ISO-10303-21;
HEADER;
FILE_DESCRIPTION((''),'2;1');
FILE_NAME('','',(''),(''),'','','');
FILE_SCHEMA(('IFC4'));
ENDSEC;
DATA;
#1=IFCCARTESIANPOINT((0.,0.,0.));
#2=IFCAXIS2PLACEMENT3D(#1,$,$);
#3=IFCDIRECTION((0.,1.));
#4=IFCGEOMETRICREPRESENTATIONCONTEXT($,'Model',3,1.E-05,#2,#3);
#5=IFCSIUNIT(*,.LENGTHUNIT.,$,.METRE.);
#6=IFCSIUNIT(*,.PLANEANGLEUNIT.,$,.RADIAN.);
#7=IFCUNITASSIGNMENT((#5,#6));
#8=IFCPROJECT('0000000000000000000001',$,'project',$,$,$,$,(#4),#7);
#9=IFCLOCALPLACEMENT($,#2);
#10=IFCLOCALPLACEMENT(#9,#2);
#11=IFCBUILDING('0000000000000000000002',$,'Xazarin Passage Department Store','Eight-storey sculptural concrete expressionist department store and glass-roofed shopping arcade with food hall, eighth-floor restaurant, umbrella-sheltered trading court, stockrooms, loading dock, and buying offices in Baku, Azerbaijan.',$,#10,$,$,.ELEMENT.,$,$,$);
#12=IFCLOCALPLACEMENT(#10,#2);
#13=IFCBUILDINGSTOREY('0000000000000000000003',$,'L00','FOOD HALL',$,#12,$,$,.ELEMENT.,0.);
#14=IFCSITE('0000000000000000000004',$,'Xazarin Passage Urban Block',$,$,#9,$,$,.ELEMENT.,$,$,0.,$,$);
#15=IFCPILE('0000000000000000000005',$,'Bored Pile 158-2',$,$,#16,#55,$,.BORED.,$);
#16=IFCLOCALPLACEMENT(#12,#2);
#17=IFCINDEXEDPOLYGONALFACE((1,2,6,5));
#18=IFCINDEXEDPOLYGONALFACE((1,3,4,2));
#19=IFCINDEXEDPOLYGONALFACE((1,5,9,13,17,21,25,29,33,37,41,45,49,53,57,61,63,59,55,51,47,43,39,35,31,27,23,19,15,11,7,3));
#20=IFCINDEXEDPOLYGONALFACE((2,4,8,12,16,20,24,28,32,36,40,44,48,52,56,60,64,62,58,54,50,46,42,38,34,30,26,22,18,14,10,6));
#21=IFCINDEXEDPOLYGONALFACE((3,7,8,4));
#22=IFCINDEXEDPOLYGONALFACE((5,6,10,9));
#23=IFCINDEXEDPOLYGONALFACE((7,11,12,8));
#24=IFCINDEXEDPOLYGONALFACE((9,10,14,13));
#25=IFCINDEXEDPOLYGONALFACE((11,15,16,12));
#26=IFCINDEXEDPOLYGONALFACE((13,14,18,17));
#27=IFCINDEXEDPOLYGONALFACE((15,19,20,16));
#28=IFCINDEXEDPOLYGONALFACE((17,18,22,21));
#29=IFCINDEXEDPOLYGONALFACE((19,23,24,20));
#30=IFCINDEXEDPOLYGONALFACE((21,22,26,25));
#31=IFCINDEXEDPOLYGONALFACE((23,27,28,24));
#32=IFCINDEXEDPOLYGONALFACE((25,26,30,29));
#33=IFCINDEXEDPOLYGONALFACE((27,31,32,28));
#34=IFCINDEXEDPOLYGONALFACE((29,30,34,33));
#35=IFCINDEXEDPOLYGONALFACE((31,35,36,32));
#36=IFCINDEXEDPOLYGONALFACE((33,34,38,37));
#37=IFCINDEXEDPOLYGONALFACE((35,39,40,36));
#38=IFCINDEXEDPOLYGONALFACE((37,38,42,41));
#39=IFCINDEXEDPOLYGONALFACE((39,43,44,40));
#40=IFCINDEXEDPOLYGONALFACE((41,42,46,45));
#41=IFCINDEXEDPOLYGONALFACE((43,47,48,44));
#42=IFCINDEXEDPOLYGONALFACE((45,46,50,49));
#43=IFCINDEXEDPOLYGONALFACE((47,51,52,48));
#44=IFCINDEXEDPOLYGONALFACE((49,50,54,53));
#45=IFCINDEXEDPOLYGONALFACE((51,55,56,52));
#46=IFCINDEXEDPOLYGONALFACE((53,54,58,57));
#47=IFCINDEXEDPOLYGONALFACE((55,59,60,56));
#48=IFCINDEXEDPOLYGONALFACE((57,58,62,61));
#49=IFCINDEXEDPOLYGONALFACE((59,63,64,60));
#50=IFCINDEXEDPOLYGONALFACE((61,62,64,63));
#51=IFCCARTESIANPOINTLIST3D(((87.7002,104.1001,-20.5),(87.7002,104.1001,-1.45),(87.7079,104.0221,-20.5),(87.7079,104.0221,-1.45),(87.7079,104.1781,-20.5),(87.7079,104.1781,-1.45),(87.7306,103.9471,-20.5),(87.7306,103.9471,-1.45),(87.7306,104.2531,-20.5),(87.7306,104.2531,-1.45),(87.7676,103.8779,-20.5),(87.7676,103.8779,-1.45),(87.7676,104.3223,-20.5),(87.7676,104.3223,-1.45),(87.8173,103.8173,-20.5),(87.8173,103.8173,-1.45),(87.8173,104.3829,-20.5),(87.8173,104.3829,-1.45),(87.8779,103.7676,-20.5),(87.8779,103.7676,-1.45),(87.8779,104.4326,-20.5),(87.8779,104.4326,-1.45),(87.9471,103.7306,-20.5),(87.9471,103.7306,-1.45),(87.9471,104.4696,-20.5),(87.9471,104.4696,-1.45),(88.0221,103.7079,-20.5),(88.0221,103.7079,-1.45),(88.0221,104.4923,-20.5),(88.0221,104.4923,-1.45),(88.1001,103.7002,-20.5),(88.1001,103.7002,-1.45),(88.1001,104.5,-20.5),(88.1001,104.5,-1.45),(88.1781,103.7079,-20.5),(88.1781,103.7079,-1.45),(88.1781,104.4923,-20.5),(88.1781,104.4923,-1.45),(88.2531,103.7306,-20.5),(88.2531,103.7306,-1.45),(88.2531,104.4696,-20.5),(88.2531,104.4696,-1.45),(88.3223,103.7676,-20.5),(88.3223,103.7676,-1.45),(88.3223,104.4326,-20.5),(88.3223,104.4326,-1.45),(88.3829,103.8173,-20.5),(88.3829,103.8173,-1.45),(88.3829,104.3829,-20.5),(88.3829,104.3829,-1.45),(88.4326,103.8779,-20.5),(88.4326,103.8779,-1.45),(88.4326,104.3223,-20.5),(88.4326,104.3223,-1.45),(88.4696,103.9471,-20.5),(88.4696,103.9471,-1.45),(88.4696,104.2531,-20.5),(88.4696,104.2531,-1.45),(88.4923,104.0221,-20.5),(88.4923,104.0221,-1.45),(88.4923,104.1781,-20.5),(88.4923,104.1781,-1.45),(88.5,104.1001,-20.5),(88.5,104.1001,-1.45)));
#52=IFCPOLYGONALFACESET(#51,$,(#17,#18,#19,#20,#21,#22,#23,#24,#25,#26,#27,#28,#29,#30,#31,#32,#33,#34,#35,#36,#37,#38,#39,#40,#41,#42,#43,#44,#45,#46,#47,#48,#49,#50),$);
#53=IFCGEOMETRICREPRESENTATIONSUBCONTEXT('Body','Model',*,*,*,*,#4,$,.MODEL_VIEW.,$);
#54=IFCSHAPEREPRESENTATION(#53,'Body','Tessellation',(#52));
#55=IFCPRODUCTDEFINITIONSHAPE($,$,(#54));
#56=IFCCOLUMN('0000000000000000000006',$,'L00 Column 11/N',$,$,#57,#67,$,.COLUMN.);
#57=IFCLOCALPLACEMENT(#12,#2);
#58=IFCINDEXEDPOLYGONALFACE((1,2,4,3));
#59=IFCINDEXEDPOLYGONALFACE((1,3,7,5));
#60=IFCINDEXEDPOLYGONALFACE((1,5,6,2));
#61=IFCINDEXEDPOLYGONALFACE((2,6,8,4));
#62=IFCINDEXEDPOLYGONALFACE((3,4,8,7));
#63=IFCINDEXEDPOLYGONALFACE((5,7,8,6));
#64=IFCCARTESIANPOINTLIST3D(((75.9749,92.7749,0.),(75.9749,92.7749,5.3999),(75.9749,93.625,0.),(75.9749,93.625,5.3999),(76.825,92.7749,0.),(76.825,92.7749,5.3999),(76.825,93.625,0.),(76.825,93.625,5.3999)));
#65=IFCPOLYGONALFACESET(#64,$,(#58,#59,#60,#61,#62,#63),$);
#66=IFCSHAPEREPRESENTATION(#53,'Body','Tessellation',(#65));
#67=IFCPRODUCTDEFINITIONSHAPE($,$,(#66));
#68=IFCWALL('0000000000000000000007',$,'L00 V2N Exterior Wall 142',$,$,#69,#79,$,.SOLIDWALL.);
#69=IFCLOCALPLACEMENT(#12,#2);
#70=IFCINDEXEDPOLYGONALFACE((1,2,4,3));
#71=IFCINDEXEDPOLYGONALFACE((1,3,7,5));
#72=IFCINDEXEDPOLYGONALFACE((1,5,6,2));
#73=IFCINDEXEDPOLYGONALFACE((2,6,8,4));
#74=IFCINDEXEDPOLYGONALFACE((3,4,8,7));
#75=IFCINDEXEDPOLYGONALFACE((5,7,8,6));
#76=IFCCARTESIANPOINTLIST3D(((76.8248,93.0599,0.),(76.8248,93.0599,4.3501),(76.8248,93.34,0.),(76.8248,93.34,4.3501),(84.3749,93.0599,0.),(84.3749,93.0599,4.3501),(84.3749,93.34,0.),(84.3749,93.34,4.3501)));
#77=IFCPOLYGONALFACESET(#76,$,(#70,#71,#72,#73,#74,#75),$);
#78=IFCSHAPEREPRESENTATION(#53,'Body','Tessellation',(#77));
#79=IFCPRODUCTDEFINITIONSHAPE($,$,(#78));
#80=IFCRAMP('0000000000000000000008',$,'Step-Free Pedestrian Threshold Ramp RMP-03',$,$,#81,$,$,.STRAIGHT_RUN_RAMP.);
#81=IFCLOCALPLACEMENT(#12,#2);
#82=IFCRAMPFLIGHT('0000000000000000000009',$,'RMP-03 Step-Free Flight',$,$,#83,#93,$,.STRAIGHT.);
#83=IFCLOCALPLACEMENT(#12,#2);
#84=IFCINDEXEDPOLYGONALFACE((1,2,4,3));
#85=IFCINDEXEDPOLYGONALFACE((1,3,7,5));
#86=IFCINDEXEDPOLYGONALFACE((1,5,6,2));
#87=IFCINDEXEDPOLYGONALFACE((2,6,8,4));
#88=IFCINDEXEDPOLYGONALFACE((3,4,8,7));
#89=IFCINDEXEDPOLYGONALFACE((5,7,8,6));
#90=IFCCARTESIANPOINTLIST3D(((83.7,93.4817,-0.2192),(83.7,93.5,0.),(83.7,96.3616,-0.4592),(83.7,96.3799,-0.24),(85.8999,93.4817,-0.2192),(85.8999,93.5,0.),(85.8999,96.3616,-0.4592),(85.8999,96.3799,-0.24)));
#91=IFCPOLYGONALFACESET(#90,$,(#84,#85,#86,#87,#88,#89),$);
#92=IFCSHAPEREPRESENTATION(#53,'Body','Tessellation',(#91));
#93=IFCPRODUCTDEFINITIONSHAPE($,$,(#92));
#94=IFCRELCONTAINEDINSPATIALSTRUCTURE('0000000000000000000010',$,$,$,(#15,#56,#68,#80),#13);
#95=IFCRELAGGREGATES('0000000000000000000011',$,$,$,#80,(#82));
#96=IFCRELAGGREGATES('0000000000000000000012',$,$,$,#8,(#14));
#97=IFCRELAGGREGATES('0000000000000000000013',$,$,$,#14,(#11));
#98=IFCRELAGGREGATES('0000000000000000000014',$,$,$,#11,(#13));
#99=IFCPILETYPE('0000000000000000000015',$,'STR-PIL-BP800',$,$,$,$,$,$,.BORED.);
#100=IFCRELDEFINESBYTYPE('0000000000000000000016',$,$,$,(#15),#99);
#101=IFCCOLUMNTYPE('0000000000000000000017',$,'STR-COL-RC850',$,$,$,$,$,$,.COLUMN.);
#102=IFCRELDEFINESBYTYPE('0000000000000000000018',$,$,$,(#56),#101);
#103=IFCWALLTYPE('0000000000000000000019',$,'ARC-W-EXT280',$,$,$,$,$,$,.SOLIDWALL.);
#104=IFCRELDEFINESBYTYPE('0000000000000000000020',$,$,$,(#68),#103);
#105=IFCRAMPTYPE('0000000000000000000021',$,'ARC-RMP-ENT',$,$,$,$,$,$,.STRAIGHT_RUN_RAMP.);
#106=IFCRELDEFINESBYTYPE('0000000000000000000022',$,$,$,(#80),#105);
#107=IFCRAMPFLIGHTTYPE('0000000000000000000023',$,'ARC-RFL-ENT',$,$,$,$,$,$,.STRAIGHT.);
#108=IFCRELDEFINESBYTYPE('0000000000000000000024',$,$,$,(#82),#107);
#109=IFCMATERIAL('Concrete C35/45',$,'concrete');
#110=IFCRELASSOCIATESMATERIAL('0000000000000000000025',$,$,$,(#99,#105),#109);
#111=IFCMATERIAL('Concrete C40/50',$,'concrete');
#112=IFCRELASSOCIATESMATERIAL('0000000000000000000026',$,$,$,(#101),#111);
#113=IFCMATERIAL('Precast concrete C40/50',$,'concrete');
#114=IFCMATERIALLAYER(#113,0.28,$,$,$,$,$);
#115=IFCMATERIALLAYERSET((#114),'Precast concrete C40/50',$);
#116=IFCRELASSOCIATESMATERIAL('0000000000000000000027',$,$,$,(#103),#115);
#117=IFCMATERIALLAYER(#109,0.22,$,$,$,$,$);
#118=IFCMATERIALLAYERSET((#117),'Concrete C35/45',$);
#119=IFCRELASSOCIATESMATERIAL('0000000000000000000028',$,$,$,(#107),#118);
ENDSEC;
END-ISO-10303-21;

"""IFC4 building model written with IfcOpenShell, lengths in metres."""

from ifc_helpers import new_model, si_unit, direction, frame, frame_2d, origin, origin_2d, place, context, subcontext, project, spatial, polyline, rectangle, circle, outline, extrude, material, layer, layer_set, material_profile, profile_set, type_object, element, aggregate, save


model = new_model("IFC4")

# Units and contexts
model_context = context("Model", 3, precision=1e-05, world=origin(), true_north=direction((0.0, 1.0)))
body_context = subcontext(model_context, "Body", "Model", "MODEL_VIEW")
ifc_project = project(units=[si_unit("LENGTHUNIT", "METRE"), si_unit("PLANEANGLEUNIT", "RADIAN")], contexts=[model_context])

# Site, building, storey
site_placement = place(None, origin())
site = spatial("IfcSite", under=ifc_project, at=site_placement, Name="Xazarin Passage Urban Block", CompositionType="ELEMENT", RefElevation=0.0)
building_placement = place(site_placement, origin())
building = spatial("IfcBuilding", under=site, at=building_placement, Name="Xazarin Passage Department Store", Description="Eight-storey sculptural concrete expressionist department store and glass-roofed shopping arcade with food hall, eighth-floor restaurant, umbrella-sheltered trading court, stockrooms, loading dock, and buying offices in Baku, Azerbaijan.", CompositionType="ELEMENT")
storey_placement = place(building_placement, origin())
storey = spatial("IfcBuildingStorey", under=building, at=storey_placement, Name="L00", Description="FOOD HALL", CompositionType="ELEMENT", Elevation=0.0)

# Shared definitions
ifc_material_1 = material(Name="Concrete C35/45", Category="concrete")

# Pile
ifc_material_profile_1 = material_profile(ifc_material_1, circle(Radius=0.3999, at=origin_2d()), Name="BP 800")
ifc_profile_set_1 = profile_set([ifc_material_profile_1], Name="Concrete C35/45")
pile_type_1 = type_object("IfcPileType", Name="STR-PIL-BP800", PredefinedType="BORED", material=ifc_profile_set_1)
for number, where, z_axis, x_axis, name in (
    (1, (88.1001, 104.1001, -1.45), (0.0, 0.0, -1.0), (1.0, 0.0, 0.0), "Bored Pile 158-2"),
):
    element("IfcPile", number, at=place(storey_placement, frame(where, z_axis=z_axis, x_axis=x_axis)), inside=storey, type_object=pile_type_1, Name=name, PredefinedType="BORED", context=body_context, shape_type="SweptSolid", body=[
        extrude(circle(Radius=0.3999, at=origin_2d()), origin(), (0.0, 0.0, 1.0), 19.05),
    ])

# Column
ifc_material_2 = material(Name="Concrete C40/50", Category="concrete")
ifc_material_profile_2 = material_profile(ifc_material_2, rectangle(XDim=0.8501, YDim=0.8501, at=origin_2d()), Name="RC 850x850")
ifc_profile_set_2 = profile_set([ifc_material_profile_2], Name="Concrete C40/50")
column_type = type_object("IfcColumnType", Name="STR-COL-RC850", PredefinedType="COLUMN", material=ifc_profile_set_2)
column_placement = place(storey_placement, frame((76.3999, 93.2, 0.0), z_axis=(0.0, 0.0, 1.0), x_axis=(1.0, 0.0, 0.0)))
element("IfcColumn", 2, at=column_placement, inside=storey, type_object=column_type, Name="L00 Column 11/N", PredefinedType="COLUMN", context=body_context, shape_type="SweptSolid", body=[
    extrude(rectangle(XDim=0.8501, YDim=0.8501, at=origin_2d()), origin(), (0.0, 0.0, 1.0), 5.3999),
])

# Wall
ifc_material_3 = material(Name="Precast concrete C40/50", Category="concrete")
ifc_layer_1 = layer(ifc_material_3, 0.28)
ifc_layer_set_1 = layer_set([ifc_layer_1], Name="Precast concrete C40/50")
wall_type = type_object("IfcWallType", Name="ARC-W-EXT280", PredefinedType="SOLIDWALL", material=ifc_layer_set_1)
wall_placement = place(storey_placement, frame((76.825, 93.2, 0.0), z_axis=(0.0, 0.0, 1.0), x_axis=(1.0, 0.0, 0.0)))
element("IfcWall", 3, at=wall_placement, inside=storey, type_object=wall_type, Name="L00 V2N Exterior Wall 142", PredefinedType="SOLIDWALL", context=body_context, shape_type="SweptSolid", body=[
    extrude(rectangle(XDim=7.55, YDim=0.28, at=frame_2d((3.7749, 0.0))), origin(), (0.0, 0.0, 1.0), 4.3501),
])

# Ramp, ramp flight
ramp_type = type_object("IfcRampType", Name="ARC-RMP-ENT", PredefinedType="STRAIGHT_RUN_RAMP", material=ifc_material_1)
ramp_placement = place(storey_placement, origin())
ramp = element("IfcRamp", 4, at=ramp_placement, inside=storey, type_object=ramp_type, Name="Step-Free Pedestrian Threshold Ramp RMP-03", PredefinedType="STRAIGHT_RUN_RAMP")
ifc_layer_2 = layer(ifc_material_1, 0.22)
ifc_layer_set_2 = layer_set([ifc_layer_2], Name="Concrete C35/45")
ramp_flight_type = type_object("IfcRampFlightType", Name="ARC-RFL-ENT", PredefinedType="STRAIGHT", material=ifc_layer_set_2)
ramp_flight_placement = place(storey_placement, frame((85.8999, 96.3799, -0.24), z_axis=(0.0, 0.083045, 0.996546), x_axis=(-1.0, 0.0, 0.0)))
ramp_flight = element("IfcRampFlight", 5, at=ramp_flight_placement, type_object=ramp_flight_type, Name="RMP-03 Step-Free Flight", PredefinedType="STRAIGHT", context=body_context, shape_type="SweptSolid", body=[
    extrude(outline(polyline([(0.0, 0.0), (2.2, 0.0), (2.2, 2.8899), (0.0, 2.8899), (0.0, 0.0)])), origin(), (0.0, 0.0, -1.0), 0.22),
])
aggregate(ramp, [ramp_flight])

save(model, "model.ifc")
